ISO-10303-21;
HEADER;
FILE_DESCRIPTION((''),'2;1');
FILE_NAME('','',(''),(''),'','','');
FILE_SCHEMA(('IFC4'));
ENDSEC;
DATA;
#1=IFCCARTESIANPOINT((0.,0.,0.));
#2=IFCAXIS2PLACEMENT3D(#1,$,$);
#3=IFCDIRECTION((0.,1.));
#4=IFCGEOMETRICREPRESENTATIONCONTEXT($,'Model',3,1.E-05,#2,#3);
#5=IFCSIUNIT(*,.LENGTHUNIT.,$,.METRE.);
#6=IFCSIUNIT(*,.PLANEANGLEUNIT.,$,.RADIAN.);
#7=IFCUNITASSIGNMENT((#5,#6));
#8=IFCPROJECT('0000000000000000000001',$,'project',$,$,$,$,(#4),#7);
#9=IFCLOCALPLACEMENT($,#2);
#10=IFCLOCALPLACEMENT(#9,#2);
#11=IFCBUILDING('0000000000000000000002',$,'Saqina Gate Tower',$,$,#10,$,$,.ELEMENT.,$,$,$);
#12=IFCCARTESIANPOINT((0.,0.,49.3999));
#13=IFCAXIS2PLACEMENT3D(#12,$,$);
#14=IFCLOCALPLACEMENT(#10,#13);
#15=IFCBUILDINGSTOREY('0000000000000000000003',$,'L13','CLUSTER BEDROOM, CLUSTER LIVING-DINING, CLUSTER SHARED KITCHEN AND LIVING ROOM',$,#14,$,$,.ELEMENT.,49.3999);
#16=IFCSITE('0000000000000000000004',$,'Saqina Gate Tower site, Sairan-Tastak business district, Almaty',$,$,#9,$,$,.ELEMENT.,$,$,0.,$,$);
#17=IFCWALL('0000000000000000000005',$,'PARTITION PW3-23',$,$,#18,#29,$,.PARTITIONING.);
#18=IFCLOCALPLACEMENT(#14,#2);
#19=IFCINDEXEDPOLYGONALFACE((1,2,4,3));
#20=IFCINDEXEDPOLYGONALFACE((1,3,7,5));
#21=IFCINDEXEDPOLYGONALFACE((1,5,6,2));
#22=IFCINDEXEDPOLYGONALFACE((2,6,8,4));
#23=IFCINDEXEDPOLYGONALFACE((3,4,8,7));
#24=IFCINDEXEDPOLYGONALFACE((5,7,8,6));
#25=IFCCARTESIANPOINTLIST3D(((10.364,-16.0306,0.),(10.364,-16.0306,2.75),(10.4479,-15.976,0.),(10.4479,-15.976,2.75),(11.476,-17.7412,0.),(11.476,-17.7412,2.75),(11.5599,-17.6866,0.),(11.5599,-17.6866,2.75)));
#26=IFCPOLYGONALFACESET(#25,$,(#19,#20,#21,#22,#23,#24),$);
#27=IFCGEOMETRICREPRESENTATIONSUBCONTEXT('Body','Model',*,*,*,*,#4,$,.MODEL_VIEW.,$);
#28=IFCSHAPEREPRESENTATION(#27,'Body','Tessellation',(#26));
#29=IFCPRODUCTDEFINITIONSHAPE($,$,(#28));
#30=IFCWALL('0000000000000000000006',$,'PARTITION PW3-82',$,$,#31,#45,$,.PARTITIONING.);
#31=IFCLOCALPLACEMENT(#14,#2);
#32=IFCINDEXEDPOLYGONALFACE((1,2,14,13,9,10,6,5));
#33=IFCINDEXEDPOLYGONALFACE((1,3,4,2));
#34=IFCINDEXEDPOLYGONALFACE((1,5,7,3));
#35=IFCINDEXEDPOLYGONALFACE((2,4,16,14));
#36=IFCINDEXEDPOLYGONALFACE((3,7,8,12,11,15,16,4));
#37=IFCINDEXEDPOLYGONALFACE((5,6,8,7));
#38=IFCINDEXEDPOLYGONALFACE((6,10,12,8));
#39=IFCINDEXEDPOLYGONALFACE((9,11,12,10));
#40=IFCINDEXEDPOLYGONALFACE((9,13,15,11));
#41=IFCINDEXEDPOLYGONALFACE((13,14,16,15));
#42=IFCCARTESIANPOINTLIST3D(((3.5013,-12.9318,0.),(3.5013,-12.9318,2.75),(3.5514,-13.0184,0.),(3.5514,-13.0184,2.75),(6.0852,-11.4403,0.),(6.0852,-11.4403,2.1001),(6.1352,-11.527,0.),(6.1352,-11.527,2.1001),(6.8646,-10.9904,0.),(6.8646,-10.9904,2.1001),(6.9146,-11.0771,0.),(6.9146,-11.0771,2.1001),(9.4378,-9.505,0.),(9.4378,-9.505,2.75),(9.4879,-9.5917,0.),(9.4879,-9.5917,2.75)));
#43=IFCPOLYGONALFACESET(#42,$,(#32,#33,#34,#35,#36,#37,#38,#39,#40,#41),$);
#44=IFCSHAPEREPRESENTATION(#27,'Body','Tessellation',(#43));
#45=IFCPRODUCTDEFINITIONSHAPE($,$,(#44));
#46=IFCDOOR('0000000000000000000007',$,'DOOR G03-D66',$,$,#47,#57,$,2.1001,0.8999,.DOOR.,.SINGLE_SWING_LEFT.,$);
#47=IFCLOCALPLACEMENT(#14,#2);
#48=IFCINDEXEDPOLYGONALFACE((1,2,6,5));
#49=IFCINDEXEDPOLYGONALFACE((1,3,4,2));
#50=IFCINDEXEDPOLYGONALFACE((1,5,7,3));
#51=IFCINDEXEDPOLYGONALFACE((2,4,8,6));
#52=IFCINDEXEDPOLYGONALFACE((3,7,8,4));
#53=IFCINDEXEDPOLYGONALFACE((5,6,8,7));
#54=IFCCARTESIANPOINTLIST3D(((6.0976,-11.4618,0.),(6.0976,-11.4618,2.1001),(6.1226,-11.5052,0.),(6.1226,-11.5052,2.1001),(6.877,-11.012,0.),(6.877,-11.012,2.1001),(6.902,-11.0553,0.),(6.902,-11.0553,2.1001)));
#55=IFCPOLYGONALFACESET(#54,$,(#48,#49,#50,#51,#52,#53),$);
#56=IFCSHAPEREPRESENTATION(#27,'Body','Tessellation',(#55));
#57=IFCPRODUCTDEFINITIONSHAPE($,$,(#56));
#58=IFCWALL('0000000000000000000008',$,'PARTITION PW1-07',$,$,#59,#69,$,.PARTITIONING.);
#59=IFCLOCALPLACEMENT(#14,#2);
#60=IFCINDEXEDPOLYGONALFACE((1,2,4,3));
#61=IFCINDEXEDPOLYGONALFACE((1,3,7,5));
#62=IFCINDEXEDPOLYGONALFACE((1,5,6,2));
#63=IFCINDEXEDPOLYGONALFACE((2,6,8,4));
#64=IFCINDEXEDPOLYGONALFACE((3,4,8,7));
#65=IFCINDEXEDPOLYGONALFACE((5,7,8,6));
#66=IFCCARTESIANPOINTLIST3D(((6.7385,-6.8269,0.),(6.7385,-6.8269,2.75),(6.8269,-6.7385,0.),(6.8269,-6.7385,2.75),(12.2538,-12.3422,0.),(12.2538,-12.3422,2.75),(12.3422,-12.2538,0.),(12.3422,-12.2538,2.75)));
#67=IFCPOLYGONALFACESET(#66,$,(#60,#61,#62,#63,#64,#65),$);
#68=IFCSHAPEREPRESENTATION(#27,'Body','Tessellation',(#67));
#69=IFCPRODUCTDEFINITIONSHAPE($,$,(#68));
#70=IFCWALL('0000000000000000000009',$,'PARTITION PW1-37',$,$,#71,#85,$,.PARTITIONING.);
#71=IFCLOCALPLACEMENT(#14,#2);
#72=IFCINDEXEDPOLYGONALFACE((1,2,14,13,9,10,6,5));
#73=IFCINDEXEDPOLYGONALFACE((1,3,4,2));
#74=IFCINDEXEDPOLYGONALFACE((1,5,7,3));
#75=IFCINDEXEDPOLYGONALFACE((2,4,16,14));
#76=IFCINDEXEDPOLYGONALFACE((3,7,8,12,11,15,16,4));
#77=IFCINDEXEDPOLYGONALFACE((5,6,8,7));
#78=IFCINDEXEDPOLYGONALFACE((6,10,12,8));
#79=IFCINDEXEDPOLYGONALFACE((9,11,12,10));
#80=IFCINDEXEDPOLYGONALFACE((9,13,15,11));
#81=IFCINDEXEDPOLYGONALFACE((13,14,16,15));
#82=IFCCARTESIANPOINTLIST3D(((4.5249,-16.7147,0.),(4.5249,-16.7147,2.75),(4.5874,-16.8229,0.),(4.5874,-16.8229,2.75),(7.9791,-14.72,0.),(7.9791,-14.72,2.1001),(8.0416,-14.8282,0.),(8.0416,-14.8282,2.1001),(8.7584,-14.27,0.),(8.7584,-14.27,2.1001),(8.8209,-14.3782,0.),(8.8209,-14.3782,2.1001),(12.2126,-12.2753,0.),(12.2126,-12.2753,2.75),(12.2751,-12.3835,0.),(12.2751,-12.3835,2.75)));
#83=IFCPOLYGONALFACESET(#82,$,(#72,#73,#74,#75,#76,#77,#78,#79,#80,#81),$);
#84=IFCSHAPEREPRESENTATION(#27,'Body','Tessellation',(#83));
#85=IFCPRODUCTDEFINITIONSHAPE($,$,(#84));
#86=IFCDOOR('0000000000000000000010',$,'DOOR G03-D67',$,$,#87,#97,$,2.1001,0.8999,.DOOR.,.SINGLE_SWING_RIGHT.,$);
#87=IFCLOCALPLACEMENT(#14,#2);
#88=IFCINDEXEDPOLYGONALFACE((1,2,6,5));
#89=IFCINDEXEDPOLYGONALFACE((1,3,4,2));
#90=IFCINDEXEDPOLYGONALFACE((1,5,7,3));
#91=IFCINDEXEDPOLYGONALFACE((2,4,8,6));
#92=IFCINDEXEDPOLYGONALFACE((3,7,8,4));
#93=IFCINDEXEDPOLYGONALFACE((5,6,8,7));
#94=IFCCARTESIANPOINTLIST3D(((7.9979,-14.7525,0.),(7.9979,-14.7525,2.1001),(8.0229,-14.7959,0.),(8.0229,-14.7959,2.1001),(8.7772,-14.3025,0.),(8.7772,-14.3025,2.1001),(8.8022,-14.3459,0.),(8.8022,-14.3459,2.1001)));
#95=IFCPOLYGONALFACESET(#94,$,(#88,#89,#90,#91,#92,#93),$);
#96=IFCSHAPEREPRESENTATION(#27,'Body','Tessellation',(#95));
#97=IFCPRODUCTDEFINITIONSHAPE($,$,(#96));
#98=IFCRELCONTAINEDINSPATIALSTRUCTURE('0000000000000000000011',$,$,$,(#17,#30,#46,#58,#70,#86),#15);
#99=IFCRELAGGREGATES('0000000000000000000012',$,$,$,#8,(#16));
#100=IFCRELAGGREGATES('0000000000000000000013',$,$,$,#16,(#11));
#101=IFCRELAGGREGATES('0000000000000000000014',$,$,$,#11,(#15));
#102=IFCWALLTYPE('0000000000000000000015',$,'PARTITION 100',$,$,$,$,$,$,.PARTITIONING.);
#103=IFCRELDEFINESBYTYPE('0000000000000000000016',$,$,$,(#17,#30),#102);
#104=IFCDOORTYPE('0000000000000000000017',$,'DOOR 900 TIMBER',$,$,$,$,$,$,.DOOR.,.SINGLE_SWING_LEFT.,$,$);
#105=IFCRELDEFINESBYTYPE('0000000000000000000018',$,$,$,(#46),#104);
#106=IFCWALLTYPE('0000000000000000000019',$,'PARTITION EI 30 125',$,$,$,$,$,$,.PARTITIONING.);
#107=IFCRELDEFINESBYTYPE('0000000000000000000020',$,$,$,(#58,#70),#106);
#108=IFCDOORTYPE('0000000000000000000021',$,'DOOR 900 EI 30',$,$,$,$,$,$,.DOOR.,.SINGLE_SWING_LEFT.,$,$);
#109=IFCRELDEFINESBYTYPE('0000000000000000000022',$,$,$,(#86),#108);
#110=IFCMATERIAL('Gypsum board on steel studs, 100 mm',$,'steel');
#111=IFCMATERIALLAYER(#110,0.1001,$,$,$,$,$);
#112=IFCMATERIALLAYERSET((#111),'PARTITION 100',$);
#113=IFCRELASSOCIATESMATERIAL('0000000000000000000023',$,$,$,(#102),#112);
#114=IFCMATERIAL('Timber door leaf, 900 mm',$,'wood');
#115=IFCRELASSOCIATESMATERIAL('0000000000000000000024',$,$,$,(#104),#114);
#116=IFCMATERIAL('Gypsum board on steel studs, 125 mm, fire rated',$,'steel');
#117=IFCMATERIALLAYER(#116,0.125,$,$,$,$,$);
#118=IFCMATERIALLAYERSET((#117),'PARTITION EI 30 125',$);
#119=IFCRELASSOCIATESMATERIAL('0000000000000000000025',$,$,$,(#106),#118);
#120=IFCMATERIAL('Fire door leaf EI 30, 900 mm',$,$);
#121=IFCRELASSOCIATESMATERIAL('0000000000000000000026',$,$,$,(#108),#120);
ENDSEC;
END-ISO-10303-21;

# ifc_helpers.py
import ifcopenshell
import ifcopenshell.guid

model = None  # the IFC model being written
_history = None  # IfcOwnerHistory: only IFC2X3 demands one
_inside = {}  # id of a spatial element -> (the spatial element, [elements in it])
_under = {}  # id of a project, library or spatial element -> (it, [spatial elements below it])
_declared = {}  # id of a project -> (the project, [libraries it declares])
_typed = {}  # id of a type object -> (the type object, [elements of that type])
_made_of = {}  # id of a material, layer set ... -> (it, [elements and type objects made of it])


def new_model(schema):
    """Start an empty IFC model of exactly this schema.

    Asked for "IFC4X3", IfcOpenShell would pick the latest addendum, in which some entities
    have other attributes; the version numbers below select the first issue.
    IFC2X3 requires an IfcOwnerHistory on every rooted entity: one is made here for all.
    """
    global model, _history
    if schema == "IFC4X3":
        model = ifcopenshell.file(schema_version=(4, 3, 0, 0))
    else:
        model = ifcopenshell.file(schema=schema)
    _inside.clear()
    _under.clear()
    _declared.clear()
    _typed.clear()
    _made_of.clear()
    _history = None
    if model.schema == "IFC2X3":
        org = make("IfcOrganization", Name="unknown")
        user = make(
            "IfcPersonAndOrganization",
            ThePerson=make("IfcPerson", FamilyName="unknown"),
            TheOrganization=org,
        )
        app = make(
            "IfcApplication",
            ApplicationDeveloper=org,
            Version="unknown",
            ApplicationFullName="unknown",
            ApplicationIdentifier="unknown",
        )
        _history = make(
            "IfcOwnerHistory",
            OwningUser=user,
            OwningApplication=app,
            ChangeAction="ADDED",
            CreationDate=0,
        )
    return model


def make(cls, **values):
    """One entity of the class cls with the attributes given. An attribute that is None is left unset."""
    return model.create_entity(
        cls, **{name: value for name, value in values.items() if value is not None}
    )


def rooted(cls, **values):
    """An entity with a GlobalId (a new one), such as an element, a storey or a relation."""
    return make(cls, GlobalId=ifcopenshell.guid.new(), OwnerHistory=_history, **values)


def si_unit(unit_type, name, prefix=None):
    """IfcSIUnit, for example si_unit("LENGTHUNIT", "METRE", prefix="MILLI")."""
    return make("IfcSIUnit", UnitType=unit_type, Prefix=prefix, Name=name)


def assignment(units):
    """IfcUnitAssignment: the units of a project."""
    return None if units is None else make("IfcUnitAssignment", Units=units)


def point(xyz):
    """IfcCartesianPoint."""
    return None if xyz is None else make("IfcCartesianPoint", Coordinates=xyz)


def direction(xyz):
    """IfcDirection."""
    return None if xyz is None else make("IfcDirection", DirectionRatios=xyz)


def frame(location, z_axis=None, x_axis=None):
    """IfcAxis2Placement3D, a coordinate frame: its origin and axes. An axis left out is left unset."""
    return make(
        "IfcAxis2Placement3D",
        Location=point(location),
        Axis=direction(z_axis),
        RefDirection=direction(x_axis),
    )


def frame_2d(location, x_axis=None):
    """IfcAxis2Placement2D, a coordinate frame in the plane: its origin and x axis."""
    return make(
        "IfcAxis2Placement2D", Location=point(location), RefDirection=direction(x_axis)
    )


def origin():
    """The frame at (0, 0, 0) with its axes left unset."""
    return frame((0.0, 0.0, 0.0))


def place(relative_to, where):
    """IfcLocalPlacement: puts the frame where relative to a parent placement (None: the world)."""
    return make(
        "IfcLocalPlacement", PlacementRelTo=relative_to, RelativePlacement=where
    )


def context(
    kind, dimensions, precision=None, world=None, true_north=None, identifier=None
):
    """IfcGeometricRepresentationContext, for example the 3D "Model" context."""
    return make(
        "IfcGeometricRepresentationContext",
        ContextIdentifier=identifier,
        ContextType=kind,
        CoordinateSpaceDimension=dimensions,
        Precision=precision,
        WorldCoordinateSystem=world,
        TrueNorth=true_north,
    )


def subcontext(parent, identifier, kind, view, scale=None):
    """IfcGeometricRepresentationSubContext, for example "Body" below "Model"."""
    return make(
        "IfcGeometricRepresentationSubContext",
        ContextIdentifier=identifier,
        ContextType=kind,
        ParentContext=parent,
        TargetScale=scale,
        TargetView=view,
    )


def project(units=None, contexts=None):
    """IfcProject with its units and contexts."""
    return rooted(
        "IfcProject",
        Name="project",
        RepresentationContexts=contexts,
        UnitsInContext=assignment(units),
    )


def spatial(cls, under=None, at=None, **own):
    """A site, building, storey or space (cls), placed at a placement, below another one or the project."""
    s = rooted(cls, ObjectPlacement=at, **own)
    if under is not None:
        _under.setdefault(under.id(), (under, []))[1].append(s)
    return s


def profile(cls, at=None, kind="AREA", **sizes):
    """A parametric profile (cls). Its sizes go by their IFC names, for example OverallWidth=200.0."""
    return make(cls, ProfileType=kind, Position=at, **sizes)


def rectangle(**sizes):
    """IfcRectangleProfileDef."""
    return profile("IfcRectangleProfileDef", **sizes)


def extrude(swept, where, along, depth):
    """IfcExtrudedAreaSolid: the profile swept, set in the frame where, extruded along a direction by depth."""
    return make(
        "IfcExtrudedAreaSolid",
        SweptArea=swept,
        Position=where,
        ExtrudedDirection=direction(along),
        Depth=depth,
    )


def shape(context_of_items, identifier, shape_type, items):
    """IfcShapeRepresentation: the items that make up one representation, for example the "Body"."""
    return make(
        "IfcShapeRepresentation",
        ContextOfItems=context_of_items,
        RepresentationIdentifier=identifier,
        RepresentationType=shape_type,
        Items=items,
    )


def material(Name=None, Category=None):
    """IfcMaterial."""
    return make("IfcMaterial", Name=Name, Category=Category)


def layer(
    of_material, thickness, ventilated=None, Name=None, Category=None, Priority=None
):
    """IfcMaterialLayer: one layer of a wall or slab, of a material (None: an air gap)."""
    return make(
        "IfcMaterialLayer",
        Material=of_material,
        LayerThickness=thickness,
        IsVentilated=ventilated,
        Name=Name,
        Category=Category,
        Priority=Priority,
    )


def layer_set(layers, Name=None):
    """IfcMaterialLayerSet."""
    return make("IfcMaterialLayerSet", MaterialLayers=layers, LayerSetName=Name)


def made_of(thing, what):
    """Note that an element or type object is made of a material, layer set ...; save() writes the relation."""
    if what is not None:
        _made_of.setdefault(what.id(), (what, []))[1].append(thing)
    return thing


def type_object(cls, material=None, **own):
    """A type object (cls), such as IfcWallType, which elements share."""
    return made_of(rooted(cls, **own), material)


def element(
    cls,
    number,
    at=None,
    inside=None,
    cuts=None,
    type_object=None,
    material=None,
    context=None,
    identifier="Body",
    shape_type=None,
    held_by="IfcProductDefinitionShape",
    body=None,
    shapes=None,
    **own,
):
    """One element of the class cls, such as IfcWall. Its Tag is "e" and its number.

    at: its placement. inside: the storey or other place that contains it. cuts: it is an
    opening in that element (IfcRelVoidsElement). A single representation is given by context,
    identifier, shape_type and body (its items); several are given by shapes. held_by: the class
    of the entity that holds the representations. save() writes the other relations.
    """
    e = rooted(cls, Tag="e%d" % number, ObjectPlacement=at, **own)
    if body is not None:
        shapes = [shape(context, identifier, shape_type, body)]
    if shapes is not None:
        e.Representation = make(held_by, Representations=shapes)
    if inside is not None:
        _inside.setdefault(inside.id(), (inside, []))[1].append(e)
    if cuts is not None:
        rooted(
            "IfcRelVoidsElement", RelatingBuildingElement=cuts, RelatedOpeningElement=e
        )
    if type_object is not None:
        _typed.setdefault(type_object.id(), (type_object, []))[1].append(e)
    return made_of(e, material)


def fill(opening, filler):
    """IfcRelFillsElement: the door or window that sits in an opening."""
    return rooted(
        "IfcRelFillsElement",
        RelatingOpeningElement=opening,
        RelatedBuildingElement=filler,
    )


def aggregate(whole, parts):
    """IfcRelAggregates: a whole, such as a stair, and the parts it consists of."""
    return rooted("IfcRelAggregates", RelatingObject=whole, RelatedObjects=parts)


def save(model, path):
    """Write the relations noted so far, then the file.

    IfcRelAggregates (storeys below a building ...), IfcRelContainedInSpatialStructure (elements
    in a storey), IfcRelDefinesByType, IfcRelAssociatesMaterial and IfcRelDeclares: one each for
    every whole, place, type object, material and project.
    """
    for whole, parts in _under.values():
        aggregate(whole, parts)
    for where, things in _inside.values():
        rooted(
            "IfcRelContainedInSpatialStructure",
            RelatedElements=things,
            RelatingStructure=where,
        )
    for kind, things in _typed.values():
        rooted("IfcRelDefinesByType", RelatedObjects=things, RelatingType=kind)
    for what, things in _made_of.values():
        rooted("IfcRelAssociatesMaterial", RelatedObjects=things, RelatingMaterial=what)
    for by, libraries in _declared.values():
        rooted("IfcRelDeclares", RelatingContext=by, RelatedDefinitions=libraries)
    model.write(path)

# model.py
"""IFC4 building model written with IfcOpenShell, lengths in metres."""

from ifc_helpers import new_model, si_unit, direction, frame, frame_2d, origin, place, context, subcontext, project, spatial, rectangle, extrude, material, layer, layer_set, type_object, element, fill, save


model = new_model("IFC4")

# Units and contexts
model_context = context("Model", 3, precision=1e-05, world=origin(), true_north=direction((0.0, 1.0)))
body_context = subcontext(model_context, "Body", "Model", "MODEL_VIEW")
ifc_project = project(units=[si_unit("LENGTHUNIT", "METRE"), si_unit("PLANEANGLEUNIT", "RADIAN")], contexts=[model_context])

# Site, building, storey
site_placement = place(None, origin())
site = spatial("IfcSite", under=ifc_project, at=site_placement, Name="Saqina Gate Tower site, Sairan-Tastak business district, Almaty", CompositionType="ELEMENT", RefElevation=0.0)
building_placement = place(site_placement, origin())
building = spatial("IfcBuilding", under=site, at=building_placement, Name="Saqina Gate Tower", CompositionType="ELEMENT")
storey_placement = place(building_placement, frame((0.0, 0.0, 49.3999)))
storey = spatial("IfcBuildingStorey", under=building, at=storey_placement, Name="L13", Description="CLUSTER BEDROOM, CLUSTER LIVING-DINING, CLUSTER SHARED KITCHEN AND LIVING ROOM", CompositionType="ELEMENT", Elevation=49.3999)

# Wall
ifc_material_1 = material(Name="Gypsum board on steel studs, 100 mm", Category="steel")
ifc_layer_1 = layer(ifc_material_1, 0.1001)
ifc_layer_set_1 = layer_set([ifc_layer_1], Name="PARTITION 100")
wall_type_1 = type_object("IfcWallType", Name="PARTITION 100", PredefinedType="PARTITIONING", material=ifc_layer_set_1)
wall_1_placement = place(storey_placement, frame((10.406, -16.0034, 0.0), z_axis=(0.0, 0.0, 1.0), x_axis=(0.545026, -0.838419, 0.0)))
element("IfcWall", 1, at=wall_1_placement, inside=storey, type_object=wall_type_1, Name="PARTITION PW3-23", PredefinedType="PARTITIONING", context=body_context, shape_type="SweptSolid", body=[
    extrude(rectangle(XDim=2.0403, YDim=0.1001, at=frame_2d((1.02, 0.0))), origin(), (0.0, 0.0, 1.0), 2.75),
])

# Wall, opening, door
wall_2_placement = place(storey_placement, frame((3.5264, -12.9751, 0.0), z_axis=(0.0, 0.0, 1.0), x_axis=(0.866069, 0.499924, 0.0)))
wall_2 = element("IfcWall", 2, at=wall_2_placement, inside=storey, type_object=wall_type_1, Name="PARTITION PW3-82", PredefinedType="PARTITIONING", context=body_context, shape_type="SweptSolid", body=[
    extrude(rectangle(XDim=6.8545, YDim=0.1001, at=frame_2d((3.4272, 0.0))), origin(), (0.0, 0.0, 1.0), 2.75),
])
opening_1_placement = place(wall_2_placement, frame((2.9834, 0.0, 0.0)))
opening_1 = element("IfcOpeningElement", 3, at=opening_1_placement, cuts=wall_2, PredefinedType="OPENING", context=body_context, shape_type="SweptSolid", body=[
    extrude(rectangle(XDim=0.8999, YDim=2.1001, at=frame_2d((0.45, 1.05))), frame((0.0, 0.062, 0.0), z_axis=(0.0, -1.0, 0.0), x_axis=(1.0, 0.0, 0.0)), (0.0, 0.0, 1.0), 0.124),
])
ifc_material_2 = material(Name="Timber door leaf, 900 mm", Category="wood")
door_type_1 = type_object("IfcDoorType", Name="DOOR 900 TIMBER", OperationType="SINGLE_SWING_LEFT", PredefinedType="DOOR", material=ifc_material_2)
door_1_placement = place(opening_1_placement, frame((0.8999, 0.0, 0.0), z_axis=(0.0, 0.0, 1.0), x_axis=(-1.0, 0.0, 0.0)))
door_1 = element("IfcDoor", 4, at=door_1_placement, inside=storey, type_object=door_type_1, Name="DOOR G03-D66", OperationType="SINGLE_SWING_LEFT", OverallHeight=2.1001, OverallWidth=0.8999, PredefinedType="DOOR", context=body_context, shape_type="SweptSolid", body=[
    extrude(rectangle(XDim=0.8999, YDim=2.1001, at=frame_2d((0.45, 1.05))), frame((0.0, 0.0249, 0.0), z_axis=(0.0, -1.0, 0.0), x_axis=(1.0, 0.0, 0.0)), (0.0, 0.0, 1.0), 0.05),
])
fill(opening_1, door_1)

# Wall
ifc_material_3 = material(Name="Gypsum board on steel studs, 125 mm, fire rated", Category="steel")
ifc_layer_2 = layer(ifc_material_3, 0.125)
ifc_layer_set_2 = layer_set([ifc_layer_2], Name="PARTITION EI 30 125")
wall_type_2 = type_object("IfcWallType", Name="PARTITION EI 30 125", PredefinedType="PARTITIONING", material=ifc_layer_set_2)
wall_3_placement = place(storey_placement, frame((6.7827, -6.7827, 0.0), z_axis=(0.0, 0.0, 1.0), x_axis=(0.707107, -0.707107, 0.0)))
element("IfcWall", 5, at=wall_3_placement, inside=storey, type_object=wall_type_2, Name="PARTITION PW1-07", PredefinedType="PARTITIONING", context=body_context, shape_type="SweptSolid", body=[
    extrude(rectangle(XDim=7.7998, YDim=0.125, at=frame_2d((3.8999, 0.0))), origin(), (0.0, 0.0, 1.0), 2.75),
])

# Wall, opening, door
wall_4_placement = place(storey_placement, frame((4.5562, -16.7688, 0.0), z_axis=(0.0, 0.0, 1.0), x_axis=(0.86598, 0.500079, 0.0)))
wall_4 = element("IfcWall", 6, at=wall_4_placement, inside=storey, type_object=wall_type_2, Name="PARTITION PW1-37", PredefinedType="PARTITIONING", context=body_context, shape_type="SweptSolid", body=[
    extrude(rectangle(XDim=8.8774, YDim=0.125, at=frame_2d((4.4387, 0.0))), origin(), (0.0, 0.0, 1.0), 2.75),
])
opening_2_placement = place(wall_4_placement, frame((3.9888, 0.0, 0.0)))
opening_2 = element("IfcOpeningElement", 7, at=opening_2_placement, cuts=wall_4, PredefinedType="OPENING", context=body_context, shape_type="SweptSolid", body=[
    extrude(rectangle(XDim=0.8999, YDim=2.1001, at=frame_2d((0.45, 1.05))), frame((0.0, 0.0745, 0.0), z_axis=(0.0, -1.0, 0.0), x_axis=(1.0, 0.0, 0.0)), (0.0, 0.0, 1.0), 0.1489),
])
ifc_material_4 = material(Name="Fire door leaf EI 30, 900 mm")
door_type_2 = type_object("IfcDoorType", Name="DOOR 900 EI 30", OperationType="SINGLE_SWING_LEFT", PredefinedType="DOOR", material=ifc_material_4)
door_2_placement = place(opening_2_placement, origin())
door_2 = element("IfcDoor", 8, at=door_2_placement, inside=storey, type_object=door_type_2, Name="DOOR G03-D67", OperationType="SINGLE_SWING_RIGHT", OverallHeight=2.1001, OverallWidth=0.8999, PredefinedType="DOOR", context=body_context, shape_type="SweptSolid", body=[
    extrude(rectangle(XDim=0.8999, YDim=2.1001, at=frame_2d((0.45, 1.05))), frame((0.0, 0.0249, 0.0), z_axis=(0.0, -1.0, 0.0), x_axis=(1.0, 0.0, 0.0)), (0.0, 0.0, 1.0), 0.05),
])
fill(opening_2, door_2)

save(model, "model.ifc")
